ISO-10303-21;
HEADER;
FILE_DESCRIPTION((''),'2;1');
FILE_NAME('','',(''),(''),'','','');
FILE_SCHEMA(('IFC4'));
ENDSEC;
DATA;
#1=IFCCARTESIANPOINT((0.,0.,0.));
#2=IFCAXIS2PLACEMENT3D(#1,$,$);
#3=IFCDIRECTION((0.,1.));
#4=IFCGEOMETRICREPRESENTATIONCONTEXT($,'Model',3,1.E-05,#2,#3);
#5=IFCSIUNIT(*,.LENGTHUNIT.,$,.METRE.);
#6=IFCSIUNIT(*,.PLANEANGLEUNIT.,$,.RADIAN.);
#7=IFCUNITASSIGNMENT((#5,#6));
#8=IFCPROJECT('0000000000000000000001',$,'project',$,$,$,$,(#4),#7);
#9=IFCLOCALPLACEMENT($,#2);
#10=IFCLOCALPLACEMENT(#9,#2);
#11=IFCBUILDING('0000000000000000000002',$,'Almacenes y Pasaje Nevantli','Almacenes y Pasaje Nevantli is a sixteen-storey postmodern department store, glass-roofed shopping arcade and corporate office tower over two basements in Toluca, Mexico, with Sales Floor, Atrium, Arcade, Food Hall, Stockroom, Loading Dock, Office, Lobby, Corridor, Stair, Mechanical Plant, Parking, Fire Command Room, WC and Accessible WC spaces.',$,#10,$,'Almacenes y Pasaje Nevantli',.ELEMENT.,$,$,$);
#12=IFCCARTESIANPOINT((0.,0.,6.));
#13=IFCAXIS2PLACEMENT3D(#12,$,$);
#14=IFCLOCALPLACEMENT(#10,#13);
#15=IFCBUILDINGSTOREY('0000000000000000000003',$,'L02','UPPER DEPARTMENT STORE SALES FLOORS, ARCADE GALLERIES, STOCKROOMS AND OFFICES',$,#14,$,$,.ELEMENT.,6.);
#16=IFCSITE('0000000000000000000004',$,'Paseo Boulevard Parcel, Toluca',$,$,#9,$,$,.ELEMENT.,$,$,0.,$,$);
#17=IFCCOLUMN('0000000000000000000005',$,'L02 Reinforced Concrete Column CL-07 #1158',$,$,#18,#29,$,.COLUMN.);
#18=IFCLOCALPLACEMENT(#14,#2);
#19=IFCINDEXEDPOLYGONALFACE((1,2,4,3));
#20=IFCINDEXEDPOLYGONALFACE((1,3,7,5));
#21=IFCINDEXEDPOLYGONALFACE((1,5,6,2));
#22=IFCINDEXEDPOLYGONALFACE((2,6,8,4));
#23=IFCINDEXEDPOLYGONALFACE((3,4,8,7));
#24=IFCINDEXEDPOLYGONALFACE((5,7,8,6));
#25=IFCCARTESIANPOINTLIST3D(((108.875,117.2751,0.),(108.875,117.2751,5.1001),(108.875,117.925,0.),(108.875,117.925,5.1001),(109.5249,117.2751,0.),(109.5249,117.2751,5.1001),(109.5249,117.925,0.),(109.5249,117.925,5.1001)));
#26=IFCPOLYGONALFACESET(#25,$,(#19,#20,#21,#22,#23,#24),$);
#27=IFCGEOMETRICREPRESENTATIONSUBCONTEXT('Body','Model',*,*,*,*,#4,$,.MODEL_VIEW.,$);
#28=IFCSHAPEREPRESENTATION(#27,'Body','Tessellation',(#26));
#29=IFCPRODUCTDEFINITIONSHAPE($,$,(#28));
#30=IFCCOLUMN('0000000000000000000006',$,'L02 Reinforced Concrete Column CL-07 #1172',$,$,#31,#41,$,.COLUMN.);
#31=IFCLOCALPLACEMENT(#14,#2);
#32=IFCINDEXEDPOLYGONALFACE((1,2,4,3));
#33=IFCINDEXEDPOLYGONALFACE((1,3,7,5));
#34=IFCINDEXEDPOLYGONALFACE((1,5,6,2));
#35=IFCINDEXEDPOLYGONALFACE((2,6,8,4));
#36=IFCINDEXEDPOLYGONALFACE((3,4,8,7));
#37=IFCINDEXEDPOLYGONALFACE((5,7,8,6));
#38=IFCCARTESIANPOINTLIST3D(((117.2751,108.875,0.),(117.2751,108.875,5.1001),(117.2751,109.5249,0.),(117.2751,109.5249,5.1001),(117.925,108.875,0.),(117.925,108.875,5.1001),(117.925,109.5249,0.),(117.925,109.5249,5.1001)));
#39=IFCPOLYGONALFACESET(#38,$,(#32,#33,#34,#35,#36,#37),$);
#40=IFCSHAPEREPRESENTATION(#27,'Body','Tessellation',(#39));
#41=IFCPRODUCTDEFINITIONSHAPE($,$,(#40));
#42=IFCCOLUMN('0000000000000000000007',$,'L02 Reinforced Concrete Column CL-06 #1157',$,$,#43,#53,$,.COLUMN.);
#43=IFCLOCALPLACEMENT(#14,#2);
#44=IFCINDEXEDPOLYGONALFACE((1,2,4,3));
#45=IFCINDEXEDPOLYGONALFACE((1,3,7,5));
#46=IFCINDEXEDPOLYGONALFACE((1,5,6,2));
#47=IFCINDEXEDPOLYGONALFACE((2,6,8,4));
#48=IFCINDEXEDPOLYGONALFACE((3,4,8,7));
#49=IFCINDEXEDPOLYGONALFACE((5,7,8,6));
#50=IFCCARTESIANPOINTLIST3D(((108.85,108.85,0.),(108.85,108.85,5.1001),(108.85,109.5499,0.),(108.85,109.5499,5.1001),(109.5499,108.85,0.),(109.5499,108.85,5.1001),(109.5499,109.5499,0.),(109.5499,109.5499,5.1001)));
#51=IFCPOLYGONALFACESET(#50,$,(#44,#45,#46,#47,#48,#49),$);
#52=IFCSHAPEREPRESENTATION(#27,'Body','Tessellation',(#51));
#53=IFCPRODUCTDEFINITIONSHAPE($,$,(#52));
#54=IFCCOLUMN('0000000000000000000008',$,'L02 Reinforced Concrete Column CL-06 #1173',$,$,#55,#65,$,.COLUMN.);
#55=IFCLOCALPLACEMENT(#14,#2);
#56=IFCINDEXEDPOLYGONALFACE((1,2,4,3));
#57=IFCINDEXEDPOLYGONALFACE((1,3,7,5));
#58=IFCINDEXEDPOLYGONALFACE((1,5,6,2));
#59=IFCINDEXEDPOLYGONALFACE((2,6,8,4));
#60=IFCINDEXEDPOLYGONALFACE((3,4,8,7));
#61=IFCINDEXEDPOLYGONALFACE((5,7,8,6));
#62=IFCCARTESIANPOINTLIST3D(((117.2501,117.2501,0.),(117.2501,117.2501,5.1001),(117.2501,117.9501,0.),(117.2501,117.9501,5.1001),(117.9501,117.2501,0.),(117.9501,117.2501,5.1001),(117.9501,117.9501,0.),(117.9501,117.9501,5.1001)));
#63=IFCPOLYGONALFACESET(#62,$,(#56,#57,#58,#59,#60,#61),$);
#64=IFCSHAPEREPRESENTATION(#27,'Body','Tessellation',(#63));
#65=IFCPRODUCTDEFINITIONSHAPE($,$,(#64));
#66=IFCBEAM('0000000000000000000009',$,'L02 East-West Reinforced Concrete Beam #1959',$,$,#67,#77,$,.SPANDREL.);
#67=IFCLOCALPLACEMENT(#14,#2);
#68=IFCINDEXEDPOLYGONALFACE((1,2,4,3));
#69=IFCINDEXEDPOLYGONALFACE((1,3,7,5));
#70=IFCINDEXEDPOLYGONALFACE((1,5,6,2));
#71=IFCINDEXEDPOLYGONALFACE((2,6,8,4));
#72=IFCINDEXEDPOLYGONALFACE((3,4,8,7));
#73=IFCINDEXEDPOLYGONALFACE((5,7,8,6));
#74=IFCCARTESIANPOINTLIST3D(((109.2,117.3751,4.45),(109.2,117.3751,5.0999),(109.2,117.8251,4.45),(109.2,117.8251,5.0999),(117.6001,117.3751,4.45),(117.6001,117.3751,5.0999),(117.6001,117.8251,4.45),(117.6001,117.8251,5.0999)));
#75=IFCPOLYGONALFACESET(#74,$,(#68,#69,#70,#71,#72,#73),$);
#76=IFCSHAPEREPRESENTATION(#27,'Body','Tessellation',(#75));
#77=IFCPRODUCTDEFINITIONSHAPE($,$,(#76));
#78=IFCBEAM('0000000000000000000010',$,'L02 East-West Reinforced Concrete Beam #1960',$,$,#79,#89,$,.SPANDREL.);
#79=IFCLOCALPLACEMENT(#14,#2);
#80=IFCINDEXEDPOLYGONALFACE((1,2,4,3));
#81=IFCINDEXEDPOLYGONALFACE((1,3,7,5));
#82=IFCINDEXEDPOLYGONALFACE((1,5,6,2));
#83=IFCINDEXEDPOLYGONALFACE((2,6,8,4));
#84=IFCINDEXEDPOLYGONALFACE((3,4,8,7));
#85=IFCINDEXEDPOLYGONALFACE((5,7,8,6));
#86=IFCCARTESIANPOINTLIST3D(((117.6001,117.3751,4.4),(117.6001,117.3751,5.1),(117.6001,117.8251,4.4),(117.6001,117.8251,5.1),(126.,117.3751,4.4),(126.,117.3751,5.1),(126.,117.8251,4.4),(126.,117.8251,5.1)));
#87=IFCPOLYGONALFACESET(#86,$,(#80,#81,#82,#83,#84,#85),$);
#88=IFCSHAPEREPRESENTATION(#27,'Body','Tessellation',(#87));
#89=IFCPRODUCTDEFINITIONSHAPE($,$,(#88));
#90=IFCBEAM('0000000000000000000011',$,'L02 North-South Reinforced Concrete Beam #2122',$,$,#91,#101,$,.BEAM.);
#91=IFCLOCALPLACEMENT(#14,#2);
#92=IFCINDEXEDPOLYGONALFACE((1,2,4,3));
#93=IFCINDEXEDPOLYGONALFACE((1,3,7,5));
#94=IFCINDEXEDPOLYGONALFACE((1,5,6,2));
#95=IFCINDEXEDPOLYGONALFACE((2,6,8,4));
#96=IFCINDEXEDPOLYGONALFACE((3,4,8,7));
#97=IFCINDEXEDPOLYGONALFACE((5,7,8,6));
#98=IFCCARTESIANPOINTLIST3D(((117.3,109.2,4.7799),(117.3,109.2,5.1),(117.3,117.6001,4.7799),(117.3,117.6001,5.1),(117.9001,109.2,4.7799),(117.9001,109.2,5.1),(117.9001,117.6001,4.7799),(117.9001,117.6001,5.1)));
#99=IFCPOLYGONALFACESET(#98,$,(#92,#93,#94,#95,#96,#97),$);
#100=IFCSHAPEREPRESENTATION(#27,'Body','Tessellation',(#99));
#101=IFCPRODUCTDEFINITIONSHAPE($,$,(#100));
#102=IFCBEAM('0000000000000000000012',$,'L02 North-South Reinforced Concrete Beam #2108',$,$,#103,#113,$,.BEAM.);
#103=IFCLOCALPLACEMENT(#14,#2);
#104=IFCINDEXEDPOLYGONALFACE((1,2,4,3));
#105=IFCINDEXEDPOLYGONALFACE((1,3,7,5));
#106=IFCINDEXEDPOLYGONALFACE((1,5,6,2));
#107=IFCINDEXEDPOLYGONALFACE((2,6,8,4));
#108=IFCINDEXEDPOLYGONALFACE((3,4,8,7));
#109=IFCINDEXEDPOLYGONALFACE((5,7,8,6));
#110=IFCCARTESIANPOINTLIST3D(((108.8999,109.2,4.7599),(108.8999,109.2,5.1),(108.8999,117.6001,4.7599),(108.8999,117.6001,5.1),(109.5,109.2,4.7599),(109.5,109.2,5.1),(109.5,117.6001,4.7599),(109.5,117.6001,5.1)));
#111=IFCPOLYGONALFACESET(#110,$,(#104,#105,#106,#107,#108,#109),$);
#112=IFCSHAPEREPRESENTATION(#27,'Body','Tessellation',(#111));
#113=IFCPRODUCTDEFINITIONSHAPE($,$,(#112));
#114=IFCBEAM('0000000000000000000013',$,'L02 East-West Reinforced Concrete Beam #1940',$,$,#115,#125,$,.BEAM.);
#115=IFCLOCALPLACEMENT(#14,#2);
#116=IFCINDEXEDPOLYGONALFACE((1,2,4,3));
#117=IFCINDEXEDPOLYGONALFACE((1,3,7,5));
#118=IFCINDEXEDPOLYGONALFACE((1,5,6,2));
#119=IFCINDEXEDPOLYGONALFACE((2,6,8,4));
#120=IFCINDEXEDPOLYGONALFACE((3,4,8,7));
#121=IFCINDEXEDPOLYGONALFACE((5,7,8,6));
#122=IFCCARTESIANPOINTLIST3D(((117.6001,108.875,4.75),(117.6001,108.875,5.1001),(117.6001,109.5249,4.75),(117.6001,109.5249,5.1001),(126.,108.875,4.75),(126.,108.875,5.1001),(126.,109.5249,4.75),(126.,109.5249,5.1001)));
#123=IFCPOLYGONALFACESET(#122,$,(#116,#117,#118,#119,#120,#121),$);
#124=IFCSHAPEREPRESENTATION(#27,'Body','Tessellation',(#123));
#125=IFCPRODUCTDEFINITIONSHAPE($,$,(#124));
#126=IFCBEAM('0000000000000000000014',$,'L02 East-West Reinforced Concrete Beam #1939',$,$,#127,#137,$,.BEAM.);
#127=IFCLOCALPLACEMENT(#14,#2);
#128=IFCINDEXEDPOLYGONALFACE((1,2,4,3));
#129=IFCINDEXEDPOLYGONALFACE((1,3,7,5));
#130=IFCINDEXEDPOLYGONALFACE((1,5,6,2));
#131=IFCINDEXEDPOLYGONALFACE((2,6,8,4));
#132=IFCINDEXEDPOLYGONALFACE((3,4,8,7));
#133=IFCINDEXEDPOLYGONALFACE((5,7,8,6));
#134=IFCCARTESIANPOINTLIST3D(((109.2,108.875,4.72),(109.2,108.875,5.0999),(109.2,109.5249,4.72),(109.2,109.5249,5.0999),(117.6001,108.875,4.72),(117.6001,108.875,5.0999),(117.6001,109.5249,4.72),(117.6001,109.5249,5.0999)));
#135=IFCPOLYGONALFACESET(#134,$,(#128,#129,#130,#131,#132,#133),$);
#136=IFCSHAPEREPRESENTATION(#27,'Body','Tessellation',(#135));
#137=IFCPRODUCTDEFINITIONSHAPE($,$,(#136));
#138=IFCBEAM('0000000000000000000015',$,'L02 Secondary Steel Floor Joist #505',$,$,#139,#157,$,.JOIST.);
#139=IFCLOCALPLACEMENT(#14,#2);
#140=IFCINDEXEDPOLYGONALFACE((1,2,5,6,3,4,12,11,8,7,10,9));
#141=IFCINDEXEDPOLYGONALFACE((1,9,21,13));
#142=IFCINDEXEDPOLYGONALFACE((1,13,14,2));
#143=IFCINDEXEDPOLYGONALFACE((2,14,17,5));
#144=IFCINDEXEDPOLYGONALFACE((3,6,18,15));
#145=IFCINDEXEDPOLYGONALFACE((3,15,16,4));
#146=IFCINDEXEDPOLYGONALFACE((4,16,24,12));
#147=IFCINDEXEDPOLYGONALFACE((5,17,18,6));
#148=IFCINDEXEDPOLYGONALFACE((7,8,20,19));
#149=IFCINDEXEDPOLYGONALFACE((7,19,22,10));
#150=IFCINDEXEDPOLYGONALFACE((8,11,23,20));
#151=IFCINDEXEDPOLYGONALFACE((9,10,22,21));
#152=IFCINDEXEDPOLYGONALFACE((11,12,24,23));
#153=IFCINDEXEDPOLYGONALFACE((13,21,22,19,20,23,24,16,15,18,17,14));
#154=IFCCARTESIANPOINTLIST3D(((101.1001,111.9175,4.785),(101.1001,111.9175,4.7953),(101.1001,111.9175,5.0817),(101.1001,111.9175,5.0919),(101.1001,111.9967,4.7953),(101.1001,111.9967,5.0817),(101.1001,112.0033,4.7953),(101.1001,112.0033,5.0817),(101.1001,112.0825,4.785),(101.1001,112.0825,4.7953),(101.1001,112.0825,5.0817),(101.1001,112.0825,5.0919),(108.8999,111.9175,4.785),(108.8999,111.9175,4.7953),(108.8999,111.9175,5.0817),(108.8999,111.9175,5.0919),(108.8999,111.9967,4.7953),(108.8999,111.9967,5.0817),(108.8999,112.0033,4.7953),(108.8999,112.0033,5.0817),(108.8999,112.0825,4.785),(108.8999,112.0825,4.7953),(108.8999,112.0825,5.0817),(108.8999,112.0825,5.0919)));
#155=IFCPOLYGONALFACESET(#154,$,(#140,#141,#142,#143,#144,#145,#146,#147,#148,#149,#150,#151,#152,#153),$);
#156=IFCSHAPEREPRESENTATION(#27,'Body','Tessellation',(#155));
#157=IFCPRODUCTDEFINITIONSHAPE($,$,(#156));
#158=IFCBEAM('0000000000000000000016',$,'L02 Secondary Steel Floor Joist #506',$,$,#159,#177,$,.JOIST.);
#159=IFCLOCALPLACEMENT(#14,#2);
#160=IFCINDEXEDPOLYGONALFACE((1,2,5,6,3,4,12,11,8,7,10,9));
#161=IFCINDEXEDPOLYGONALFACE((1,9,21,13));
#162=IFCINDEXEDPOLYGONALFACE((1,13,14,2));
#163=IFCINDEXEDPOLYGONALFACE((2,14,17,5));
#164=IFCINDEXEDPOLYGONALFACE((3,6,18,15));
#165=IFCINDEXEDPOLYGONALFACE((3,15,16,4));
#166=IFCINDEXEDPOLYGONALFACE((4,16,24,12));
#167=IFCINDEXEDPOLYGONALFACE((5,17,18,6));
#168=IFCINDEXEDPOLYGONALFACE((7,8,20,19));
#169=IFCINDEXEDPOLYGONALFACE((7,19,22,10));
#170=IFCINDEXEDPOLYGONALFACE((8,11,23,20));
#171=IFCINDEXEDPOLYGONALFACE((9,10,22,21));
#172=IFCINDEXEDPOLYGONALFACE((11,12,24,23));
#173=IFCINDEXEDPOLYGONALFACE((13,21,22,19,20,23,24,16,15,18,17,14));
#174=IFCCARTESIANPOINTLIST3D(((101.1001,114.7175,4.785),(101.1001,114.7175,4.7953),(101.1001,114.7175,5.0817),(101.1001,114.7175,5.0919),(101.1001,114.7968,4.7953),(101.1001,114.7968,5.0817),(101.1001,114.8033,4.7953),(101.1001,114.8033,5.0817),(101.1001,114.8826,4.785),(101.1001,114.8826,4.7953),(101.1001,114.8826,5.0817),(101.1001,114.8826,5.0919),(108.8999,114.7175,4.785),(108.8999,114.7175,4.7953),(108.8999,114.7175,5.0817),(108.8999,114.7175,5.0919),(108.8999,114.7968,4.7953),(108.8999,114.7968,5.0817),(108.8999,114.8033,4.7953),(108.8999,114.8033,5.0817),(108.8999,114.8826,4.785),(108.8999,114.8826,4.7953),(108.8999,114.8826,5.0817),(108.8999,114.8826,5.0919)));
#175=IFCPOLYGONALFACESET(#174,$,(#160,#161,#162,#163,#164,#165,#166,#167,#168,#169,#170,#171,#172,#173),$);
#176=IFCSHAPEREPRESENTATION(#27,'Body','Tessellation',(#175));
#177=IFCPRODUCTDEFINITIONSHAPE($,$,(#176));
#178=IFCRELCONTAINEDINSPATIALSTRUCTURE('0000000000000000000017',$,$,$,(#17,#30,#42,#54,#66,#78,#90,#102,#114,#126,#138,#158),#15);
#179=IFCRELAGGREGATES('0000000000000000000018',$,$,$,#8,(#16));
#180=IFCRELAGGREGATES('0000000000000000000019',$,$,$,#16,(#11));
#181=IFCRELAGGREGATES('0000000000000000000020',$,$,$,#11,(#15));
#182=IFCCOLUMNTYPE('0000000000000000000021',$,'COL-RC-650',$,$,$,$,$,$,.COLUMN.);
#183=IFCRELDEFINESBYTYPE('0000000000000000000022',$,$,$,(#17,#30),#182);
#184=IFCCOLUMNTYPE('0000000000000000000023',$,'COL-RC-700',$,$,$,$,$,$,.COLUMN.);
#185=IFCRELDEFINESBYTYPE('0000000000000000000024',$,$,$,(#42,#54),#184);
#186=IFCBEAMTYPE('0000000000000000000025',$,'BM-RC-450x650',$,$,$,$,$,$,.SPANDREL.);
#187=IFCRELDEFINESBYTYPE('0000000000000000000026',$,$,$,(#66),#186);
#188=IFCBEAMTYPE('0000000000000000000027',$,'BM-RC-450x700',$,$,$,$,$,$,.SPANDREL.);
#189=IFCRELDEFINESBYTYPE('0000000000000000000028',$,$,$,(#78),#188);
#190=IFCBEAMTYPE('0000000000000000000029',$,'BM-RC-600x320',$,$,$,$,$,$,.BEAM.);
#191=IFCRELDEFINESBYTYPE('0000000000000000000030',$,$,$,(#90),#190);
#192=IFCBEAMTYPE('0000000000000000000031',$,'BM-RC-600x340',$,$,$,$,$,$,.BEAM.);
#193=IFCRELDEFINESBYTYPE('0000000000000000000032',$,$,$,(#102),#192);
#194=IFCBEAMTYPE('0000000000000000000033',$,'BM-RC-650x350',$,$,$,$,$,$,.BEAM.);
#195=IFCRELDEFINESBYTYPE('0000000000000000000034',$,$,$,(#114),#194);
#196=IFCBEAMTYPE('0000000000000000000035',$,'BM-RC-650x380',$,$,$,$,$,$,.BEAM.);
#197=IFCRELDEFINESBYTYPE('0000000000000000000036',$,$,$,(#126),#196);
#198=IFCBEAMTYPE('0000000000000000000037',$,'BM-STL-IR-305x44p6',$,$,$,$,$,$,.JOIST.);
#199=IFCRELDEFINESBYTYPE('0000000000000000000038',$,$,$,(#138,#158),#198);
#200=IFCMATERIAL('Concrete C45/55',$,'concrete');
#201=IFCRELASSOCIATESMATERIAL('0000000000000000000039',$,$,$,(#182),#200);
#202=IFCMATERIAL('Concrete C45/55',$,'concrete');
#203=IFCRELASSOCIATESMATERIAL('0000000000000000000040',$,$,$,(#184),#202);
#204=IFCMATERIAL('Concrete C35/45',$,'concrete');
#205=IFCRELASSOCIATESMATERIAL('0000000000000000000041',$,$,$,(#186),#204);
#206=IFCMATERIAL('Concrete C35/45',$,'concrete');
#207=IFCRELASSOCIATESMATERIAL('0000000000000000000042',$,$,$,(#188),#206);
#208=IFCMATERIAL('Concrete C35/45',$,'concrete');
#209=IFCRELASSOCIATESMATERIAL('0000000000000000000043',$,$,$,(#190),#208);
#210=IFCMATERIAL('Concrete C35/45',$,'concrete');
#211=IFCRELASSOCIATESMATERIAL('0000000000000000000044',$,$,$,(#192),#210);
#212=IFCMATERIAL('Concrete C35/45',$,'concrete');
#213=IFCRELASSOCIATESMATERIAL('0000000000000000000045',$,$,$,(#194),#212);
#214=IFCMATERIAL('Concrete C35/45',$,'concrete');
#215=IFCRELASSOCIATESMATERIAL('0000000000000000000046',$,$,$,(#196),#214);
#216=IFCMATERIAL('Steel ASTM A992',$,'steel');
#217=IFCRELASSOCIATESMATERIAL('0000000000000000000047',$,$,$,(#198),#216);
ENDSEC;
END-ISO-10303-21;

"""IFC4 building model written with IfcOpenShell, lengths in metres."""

from ifc_helpers import new_model, si_unit, direction, frame, origin, origin_2d, place, context, subcontext, project, spatial, rectangle, i_section, extrude, material, material_profile, profile_set, type_object, element, save


model = new_model("IFC4")

# Units and contexts
model_context = context("Model", 3, precision=1e-05, world=origin(), true_north=direction((0.0, 1.0)))
body_context = subcontext(model_context, "Body", "Model", "MODEL_VIEW")
ifc_project = project(units=[si_unit("LENGTHUNIT", "METRE"), si_unit("PLANEANGLEUNIT", "RADIAN")], contexts=[model_context])

# Site, building, storey
site_placement = place(None, origin())
site = spatial("IfcSite", under=ifc_project, at=site_placement, Name="Paseo Boulevard Parcel, Toluca", CompositionType="ELEMENT", RefElevation=0.0)
building_placement = place(site_placement, origin())
building = spatial("IfcBuilding", under=site, at=building_placement, Name="Almacenes y Pasaje Nevantli", Description="Almacenes y Pasaje Nevantli is a sixteen-storey postmodern department store, glass-roofed shopping arcade and corporate office tower over two basements in Toluca, Mexico, with Sales Floor, Atrium, Arcade, Food Hall, Stockroom, Loading Dock, Office, Lobby, Corridor, Stair, Mechanical Plant, Parking, Fire Command Room, WC and Accessible WC spaces.", LongName="Almacenes y Pasaje Nevantli", CompositionType="ELEMENT")
storey_placement = place(building_placement, frame((0.0, 0.0, 6.0)))
storey = spatial("IfcBuildingStorey", under=building, at=storey_placement, Name="L02", Description="UPPER DEPARTMENT STORE SALES FLOORS, ARCADE GALLERIES, STOCKROOMS AND OFFICES", CompositionType="ELEMENT", Elevation=6.0)

# Columns
ifc_material_1 = material(Name="Concrete C45/55", Category="concrete")
ifc_material_profile_1 = material_profile(ifc_material_1, rectangle(XDim=0.6499, YDim=0.6499, at=origin_2d()), Name="RC-COL-650x650")
ifc_profile_set_1 = profile_set([ifc_material_profile_1], Name="Concrete C45/55")
column_type_1 = type_object("IfcColumnType", Name="COL-RC-650", PredefinedType="COLUMN", material=ifc_profile_set_1)
for number, where, z_axis, x_axis, name in (
    (1, (109.2, 117.6001, 0.0), (0.0, 0.0, 1.0), (1.0, 0.0, 0.0), "L02 Reinforced Concrete Column CL-07 #1158"),
    (2, (117.6001, 109.2, 0.0), (0.0, 0.0, 1.0), (1.0, 0.0, 0.0), "L02 Reinforced Concrete Column CL-07 #1172"),
):
    element("IfcColumn", number, at=place(storey_placement, frame(where, z_axis=z_axis, x_axis=x_axis)), inside=storey, type_object=column_type_1, Name=name, PredefinedType="COLUMN", context=body_context, shape_type="SweptSolid", body=[
        extrude(rectangle(XDim=0.6499, YDim=0.6499, at=origin_2d()), origin(), (0.0, 0.0, 1.0), 5.1001),
    ])
ifc_material_2 = material(Name="Concrete C45/55", Category="concrete")
ifc_material_profile_2 = material_profile(ifc_material_2, rectangle(XDim=0.7, YDim=0.7, at=origin_2d()), Name="RC-COL-700x700")
ifc_profile_set_2 = profile_set([ifc_material_profile_2], Name="Concrete C45/55")
column_type_2 = type_object("IfcColumnType", Name="COL-RC-700", PredefinedType="COLUMN", material=ifc_profile_set_2)
for number, where, z_axis, x_axis, name in (
    (3, (109.2, 109.2, 0.0), (0.0, 0.0, 1.0), (1.0, 0.0, 0.0), "L02 Reinforced Concrete Column CL-06 #1157"),
    (4, (117.6001, 117.6001, 0.0), (0.0, 0.0, 1.0), (1.0, 0.0, 0.0), "L02 Reinforced Concrete Column CL-06 #1173"),
):
    element("IfcColumn", number, at=place(storey_placement, frame(where, z_axis=z_axis, x_axis=x_axis)), inside=storey, type_object=column_type_2, Name=name, PredefinedType="COLUMN", context=body_context, shape_type="SweptSolid", body=[
        extrude(rectangle(XDim=0.7, YDim=0.7, at=origin_2d()), origin(), (0.0, 0.0, 1.0), 5.1001),
    ])

# Beams
ifc_material_3 = material(Name="Concrete C35/45", Category="concrete")
ifc_material_profile_3 = material_profile(ifc_material_3, rectangle(XDim=0.45, YDim=0.6499, at=origin_2d()), Name="RC-BM-450x650")
ifc_profile_set_3 = profile_set([ifc_material_profile_3], Name="Concrete C35/45")
beam_type_1 = type_object("IfcBeamType", Name="BM-RC-450x650", PredefinedType="SPANDREL", material=ifc_profile_set_3)
beam_1_placement = place(storey_placement, frame((109.2, 117.6001, 4.7749), z_axis=(1.0, 0.0, 0.0), x_axis=(0.0, 1.0, 0.0)))
element("IfcBeam", 5, at=beam_1_placement, inside=storey, type_object=beam_type_1, Name="L02 East-West Reinforced Concrete Beam #1959", PredefinedType="SPANDREL", context=body_context, shape_type="SweptSolid", body=[
    extrude(rectangle(XDim=0.45, YDim=0.6499, at=origin_2d()), origin(), (0.0, 0.0, 1.0), 8.4001),
])
ifc_material_4 = material(Name="Concrete C35/45", Category="concrete")
ifc_material_profile_4 = material_profile(ifc_material_4, rectangle(XDim=0.45, YDim=0.7, at=origin_2d()), Name="RC-BM-450x700")
ifc_profile_set_4 = profile_set([ifc_material_profile_4], Name="Concrete C35/45")
beam_type_2 = type_object("IfcBeamType", Name="BM-RC-450x700", PredefinedType="SPANDREL", material=ifc_profile_set_4)
beam_2_placement = place(storey_placement, frame((117.6001, 117.6001, 4.75), z_axis=(1.0, 0.0, 0.0), x_axis=(0.0, 1.0, 0.0)))
element("IfcBeam", 6, at=beam_2_placement, inside=storey, type_object=beam_type_2, Name="L02 East-West Reinforced Concrete Beam #1960", PredefinedType="SPANDREL", context=body_context, shape_type="SweptSolid", body=[
    extrude(rectangle(XDim=0.45, YDim=0.7, at=origin_2d()), origin(), (0.0, 0.0, 1.0), 8.3999),
])
ifc_material_5 = material(Name="Concrete C35/45", Category="concrete")
ifc_material_profile_5 = material_profile(ifc_material_5, rectangle(XDim=0.6001, YDim=0.3201, at=origin_2d()), Name="RC-BM-600x320")
ifc_profile_set_5 = profile_set([ifc_material_profile_5], Name="Concrete C35/45")
beam_type_3 = type_object("IfcBeamType", Name="BM-RC-600x320", PredefinedType="BEAM", material=ifc_profile_set_5)
beam_3_placement = place(storey_placement, frame((117.6001, 109.2, 4.9399), z_axis=(0.0, 1.0, 0.0), x_axis=(-1.0, 0.0, 0.0)))
element("IfcBeam", 7, at=beam_3_placement, inside=storey, type_object=beam_type_3, Name="L02 North-South Reinforced Concrete Beam #2122", PredefinedType="BEAM", context=body_context, shape_type="SweptSolid", body=[
    extrude(rectangle(XDim=0.6001, YDim=0.3201, at=origin_2d()), origin(), (0.0, 0.0, 1.0), 8.4001),
])
ifc_material_6 = material(Name="Concrete C35/45", Category="concrete")
ifc_material_profile_6 = material_profile(ifc_material_6, rectangle(XDim=0.6001, YDim=0.3401, at=origin_2d()), Name="RC-BM-600x340")
ifc_profile_set_6 = profile_set([ifc_material_profile_6], Name="Concrete C35/45")
beam_type_4 = type_object("IfcBeamType", Name="BM-RC-600x340", PredefinedType="BEAM", material=ifc_profile_set_6)
beam_4_placement = place(storey_placement, frame((109.2, 109.2, 4.9299), z_axis=(0.0, 1.0, 0.0), x_axis=(-1.0, 0.0, 0.0)))
element("IfcBeam", 8, at=beam_4_placement, inside=storey, type_object=beam_type_4, Name="L02 North-South Reinforced Concrete Beam #2108", PredefinedType="BEAM", context=body_context, shape_type="SweptSolid", body=[
    extrude(rectangle(XDim=0.6001, YDim=0.3401, at=origin_2d()), origin(), (0.0, 0.0, 1.0), 8.4001),
])
ifc_material_7 = material(Name="Concrete C35/45", Category="concrete")
ifc_material_profile_7 = material_profile(ifc_material_7, rectangle(XDim=0.6499, YDim=0.3501, at=origin_2d()), Name="RC-BM-650x350")
ifc_profile_set_7 = profile_set([ifc_material_profile_7], Name="Concrete C35/45")
beam_type_5 = type_object("IfcBeamType", Name="BM-RC-650x350", PredefinedType="BEAM", material=ifc_profile_set_7)
beam_5_placement = place(storey_placement, frame((117.6001, 109.2, 4.925), z_axis=(1.0, 0.0, 0.0), x_axis=(0.0, 1.0, 0.0)))
element("IfcBeam", 9, at=beam_5_placement, inside=storey, type_object=beam_type_5, Name="L02 East-West Reinforced Concrete Beam #1940", PredefinedType="BEAM", context=body_context, shape_type="SweptSolid", body=[
    extrude(rectangle(XDim=0.6499, YDim=0.3501, at=origin_2d()), origin(), (0.0, 0.0, 1.0), 8.3999),
])
ifc_material_8 = material(Name="Concrete C35/45", Category="concrete")
ifc_material_profile_8 = material_profile(ifc_material_8, rectangle(XDim=0.6499, YDim=0.3799, at=origin_2d()), Name="RC-BM-650x380")
ifc_profile_set_8 = profile_set([ifc_material_profile_8], Name="Concrete C35/45")
beam_type_6 = type_object("IfcBeamType", Name="BM-RC-650x380", PredefinedType="BEAM", material=ifc_profile_set_8)
beam_6_placement = place(storey_placement, frame((109.2, 109.2, 4.9099), z_axis=(1.0, 0.0, 0.0), x_axis=(0.0, 1.0, 0.0)))
element("IfcBeam", 10, at=beam_6_placement, inside=storey, type_object=beam_type_6, Name="L02 East-West Reinforced Concrete Beam #1939", PredefinedType="BEAM", context=body_context, shape_type="SweptSolid", body=[
    extrude(rectangle(XDim=0.6499, YDim=0.3799, at=origin_2d()), origin(), (0.0, 0.0, 1.0), 8.4001),
])
ifc_material_9 = material(Name="Steel ASTM A992", Category="steel")
ifc_material_profile_9 = material_profile(ifc_material_9, i_section(OverallWidth=0.165, OverallDepth=0.3069, WebThickness=0.0066, FlangeThickness=0.0103, at=origin_2d()), Name="IR 305x44.6")
ifc_profile_set_9 = profile_set([ifc_material_profile_9], Name="Steel ASTM A992")
beam_type_7 = type_object("IfcBeamType", Name="BM-STL-IR-305x44p6", PredefinedType="JOIST", material=ifc_profile_set_9)
for number, where, z_axis, x_axis, name in (
    (11, (101.1001, 112.0, 4.9385), (1.0, 0.0, 0.0), (0.0, 1.0, 0.0), "L02 Secondary Steel Floor Joist #505"),
    (12, (101.1001, 114.8, 4.9385), (1.0, 0.0, 0.0), (0.0, 1.0, 0.0), "L02 Secondary Steel Floor Joist #506"),
):
    element("IfcBeam", number, at=place(storey_placement, frame(where, z_axis=z_axis, x_axis=x_axis)), inside=storey, type_object=beam_type_7, Name=name, PredefinedType="JOIST", context=body_context, shape_type="SweptSolid", body=[
        extrude(i_section(OverallWidth=0.165, OverallDepth=0.3069, WebThickness=0.0066, FlangeThickness=0.0103, at=origin_2d()), origin(), (0.0, 0.0, 1.0), 7.7998),
    ])

save(model, "model.ifc")
